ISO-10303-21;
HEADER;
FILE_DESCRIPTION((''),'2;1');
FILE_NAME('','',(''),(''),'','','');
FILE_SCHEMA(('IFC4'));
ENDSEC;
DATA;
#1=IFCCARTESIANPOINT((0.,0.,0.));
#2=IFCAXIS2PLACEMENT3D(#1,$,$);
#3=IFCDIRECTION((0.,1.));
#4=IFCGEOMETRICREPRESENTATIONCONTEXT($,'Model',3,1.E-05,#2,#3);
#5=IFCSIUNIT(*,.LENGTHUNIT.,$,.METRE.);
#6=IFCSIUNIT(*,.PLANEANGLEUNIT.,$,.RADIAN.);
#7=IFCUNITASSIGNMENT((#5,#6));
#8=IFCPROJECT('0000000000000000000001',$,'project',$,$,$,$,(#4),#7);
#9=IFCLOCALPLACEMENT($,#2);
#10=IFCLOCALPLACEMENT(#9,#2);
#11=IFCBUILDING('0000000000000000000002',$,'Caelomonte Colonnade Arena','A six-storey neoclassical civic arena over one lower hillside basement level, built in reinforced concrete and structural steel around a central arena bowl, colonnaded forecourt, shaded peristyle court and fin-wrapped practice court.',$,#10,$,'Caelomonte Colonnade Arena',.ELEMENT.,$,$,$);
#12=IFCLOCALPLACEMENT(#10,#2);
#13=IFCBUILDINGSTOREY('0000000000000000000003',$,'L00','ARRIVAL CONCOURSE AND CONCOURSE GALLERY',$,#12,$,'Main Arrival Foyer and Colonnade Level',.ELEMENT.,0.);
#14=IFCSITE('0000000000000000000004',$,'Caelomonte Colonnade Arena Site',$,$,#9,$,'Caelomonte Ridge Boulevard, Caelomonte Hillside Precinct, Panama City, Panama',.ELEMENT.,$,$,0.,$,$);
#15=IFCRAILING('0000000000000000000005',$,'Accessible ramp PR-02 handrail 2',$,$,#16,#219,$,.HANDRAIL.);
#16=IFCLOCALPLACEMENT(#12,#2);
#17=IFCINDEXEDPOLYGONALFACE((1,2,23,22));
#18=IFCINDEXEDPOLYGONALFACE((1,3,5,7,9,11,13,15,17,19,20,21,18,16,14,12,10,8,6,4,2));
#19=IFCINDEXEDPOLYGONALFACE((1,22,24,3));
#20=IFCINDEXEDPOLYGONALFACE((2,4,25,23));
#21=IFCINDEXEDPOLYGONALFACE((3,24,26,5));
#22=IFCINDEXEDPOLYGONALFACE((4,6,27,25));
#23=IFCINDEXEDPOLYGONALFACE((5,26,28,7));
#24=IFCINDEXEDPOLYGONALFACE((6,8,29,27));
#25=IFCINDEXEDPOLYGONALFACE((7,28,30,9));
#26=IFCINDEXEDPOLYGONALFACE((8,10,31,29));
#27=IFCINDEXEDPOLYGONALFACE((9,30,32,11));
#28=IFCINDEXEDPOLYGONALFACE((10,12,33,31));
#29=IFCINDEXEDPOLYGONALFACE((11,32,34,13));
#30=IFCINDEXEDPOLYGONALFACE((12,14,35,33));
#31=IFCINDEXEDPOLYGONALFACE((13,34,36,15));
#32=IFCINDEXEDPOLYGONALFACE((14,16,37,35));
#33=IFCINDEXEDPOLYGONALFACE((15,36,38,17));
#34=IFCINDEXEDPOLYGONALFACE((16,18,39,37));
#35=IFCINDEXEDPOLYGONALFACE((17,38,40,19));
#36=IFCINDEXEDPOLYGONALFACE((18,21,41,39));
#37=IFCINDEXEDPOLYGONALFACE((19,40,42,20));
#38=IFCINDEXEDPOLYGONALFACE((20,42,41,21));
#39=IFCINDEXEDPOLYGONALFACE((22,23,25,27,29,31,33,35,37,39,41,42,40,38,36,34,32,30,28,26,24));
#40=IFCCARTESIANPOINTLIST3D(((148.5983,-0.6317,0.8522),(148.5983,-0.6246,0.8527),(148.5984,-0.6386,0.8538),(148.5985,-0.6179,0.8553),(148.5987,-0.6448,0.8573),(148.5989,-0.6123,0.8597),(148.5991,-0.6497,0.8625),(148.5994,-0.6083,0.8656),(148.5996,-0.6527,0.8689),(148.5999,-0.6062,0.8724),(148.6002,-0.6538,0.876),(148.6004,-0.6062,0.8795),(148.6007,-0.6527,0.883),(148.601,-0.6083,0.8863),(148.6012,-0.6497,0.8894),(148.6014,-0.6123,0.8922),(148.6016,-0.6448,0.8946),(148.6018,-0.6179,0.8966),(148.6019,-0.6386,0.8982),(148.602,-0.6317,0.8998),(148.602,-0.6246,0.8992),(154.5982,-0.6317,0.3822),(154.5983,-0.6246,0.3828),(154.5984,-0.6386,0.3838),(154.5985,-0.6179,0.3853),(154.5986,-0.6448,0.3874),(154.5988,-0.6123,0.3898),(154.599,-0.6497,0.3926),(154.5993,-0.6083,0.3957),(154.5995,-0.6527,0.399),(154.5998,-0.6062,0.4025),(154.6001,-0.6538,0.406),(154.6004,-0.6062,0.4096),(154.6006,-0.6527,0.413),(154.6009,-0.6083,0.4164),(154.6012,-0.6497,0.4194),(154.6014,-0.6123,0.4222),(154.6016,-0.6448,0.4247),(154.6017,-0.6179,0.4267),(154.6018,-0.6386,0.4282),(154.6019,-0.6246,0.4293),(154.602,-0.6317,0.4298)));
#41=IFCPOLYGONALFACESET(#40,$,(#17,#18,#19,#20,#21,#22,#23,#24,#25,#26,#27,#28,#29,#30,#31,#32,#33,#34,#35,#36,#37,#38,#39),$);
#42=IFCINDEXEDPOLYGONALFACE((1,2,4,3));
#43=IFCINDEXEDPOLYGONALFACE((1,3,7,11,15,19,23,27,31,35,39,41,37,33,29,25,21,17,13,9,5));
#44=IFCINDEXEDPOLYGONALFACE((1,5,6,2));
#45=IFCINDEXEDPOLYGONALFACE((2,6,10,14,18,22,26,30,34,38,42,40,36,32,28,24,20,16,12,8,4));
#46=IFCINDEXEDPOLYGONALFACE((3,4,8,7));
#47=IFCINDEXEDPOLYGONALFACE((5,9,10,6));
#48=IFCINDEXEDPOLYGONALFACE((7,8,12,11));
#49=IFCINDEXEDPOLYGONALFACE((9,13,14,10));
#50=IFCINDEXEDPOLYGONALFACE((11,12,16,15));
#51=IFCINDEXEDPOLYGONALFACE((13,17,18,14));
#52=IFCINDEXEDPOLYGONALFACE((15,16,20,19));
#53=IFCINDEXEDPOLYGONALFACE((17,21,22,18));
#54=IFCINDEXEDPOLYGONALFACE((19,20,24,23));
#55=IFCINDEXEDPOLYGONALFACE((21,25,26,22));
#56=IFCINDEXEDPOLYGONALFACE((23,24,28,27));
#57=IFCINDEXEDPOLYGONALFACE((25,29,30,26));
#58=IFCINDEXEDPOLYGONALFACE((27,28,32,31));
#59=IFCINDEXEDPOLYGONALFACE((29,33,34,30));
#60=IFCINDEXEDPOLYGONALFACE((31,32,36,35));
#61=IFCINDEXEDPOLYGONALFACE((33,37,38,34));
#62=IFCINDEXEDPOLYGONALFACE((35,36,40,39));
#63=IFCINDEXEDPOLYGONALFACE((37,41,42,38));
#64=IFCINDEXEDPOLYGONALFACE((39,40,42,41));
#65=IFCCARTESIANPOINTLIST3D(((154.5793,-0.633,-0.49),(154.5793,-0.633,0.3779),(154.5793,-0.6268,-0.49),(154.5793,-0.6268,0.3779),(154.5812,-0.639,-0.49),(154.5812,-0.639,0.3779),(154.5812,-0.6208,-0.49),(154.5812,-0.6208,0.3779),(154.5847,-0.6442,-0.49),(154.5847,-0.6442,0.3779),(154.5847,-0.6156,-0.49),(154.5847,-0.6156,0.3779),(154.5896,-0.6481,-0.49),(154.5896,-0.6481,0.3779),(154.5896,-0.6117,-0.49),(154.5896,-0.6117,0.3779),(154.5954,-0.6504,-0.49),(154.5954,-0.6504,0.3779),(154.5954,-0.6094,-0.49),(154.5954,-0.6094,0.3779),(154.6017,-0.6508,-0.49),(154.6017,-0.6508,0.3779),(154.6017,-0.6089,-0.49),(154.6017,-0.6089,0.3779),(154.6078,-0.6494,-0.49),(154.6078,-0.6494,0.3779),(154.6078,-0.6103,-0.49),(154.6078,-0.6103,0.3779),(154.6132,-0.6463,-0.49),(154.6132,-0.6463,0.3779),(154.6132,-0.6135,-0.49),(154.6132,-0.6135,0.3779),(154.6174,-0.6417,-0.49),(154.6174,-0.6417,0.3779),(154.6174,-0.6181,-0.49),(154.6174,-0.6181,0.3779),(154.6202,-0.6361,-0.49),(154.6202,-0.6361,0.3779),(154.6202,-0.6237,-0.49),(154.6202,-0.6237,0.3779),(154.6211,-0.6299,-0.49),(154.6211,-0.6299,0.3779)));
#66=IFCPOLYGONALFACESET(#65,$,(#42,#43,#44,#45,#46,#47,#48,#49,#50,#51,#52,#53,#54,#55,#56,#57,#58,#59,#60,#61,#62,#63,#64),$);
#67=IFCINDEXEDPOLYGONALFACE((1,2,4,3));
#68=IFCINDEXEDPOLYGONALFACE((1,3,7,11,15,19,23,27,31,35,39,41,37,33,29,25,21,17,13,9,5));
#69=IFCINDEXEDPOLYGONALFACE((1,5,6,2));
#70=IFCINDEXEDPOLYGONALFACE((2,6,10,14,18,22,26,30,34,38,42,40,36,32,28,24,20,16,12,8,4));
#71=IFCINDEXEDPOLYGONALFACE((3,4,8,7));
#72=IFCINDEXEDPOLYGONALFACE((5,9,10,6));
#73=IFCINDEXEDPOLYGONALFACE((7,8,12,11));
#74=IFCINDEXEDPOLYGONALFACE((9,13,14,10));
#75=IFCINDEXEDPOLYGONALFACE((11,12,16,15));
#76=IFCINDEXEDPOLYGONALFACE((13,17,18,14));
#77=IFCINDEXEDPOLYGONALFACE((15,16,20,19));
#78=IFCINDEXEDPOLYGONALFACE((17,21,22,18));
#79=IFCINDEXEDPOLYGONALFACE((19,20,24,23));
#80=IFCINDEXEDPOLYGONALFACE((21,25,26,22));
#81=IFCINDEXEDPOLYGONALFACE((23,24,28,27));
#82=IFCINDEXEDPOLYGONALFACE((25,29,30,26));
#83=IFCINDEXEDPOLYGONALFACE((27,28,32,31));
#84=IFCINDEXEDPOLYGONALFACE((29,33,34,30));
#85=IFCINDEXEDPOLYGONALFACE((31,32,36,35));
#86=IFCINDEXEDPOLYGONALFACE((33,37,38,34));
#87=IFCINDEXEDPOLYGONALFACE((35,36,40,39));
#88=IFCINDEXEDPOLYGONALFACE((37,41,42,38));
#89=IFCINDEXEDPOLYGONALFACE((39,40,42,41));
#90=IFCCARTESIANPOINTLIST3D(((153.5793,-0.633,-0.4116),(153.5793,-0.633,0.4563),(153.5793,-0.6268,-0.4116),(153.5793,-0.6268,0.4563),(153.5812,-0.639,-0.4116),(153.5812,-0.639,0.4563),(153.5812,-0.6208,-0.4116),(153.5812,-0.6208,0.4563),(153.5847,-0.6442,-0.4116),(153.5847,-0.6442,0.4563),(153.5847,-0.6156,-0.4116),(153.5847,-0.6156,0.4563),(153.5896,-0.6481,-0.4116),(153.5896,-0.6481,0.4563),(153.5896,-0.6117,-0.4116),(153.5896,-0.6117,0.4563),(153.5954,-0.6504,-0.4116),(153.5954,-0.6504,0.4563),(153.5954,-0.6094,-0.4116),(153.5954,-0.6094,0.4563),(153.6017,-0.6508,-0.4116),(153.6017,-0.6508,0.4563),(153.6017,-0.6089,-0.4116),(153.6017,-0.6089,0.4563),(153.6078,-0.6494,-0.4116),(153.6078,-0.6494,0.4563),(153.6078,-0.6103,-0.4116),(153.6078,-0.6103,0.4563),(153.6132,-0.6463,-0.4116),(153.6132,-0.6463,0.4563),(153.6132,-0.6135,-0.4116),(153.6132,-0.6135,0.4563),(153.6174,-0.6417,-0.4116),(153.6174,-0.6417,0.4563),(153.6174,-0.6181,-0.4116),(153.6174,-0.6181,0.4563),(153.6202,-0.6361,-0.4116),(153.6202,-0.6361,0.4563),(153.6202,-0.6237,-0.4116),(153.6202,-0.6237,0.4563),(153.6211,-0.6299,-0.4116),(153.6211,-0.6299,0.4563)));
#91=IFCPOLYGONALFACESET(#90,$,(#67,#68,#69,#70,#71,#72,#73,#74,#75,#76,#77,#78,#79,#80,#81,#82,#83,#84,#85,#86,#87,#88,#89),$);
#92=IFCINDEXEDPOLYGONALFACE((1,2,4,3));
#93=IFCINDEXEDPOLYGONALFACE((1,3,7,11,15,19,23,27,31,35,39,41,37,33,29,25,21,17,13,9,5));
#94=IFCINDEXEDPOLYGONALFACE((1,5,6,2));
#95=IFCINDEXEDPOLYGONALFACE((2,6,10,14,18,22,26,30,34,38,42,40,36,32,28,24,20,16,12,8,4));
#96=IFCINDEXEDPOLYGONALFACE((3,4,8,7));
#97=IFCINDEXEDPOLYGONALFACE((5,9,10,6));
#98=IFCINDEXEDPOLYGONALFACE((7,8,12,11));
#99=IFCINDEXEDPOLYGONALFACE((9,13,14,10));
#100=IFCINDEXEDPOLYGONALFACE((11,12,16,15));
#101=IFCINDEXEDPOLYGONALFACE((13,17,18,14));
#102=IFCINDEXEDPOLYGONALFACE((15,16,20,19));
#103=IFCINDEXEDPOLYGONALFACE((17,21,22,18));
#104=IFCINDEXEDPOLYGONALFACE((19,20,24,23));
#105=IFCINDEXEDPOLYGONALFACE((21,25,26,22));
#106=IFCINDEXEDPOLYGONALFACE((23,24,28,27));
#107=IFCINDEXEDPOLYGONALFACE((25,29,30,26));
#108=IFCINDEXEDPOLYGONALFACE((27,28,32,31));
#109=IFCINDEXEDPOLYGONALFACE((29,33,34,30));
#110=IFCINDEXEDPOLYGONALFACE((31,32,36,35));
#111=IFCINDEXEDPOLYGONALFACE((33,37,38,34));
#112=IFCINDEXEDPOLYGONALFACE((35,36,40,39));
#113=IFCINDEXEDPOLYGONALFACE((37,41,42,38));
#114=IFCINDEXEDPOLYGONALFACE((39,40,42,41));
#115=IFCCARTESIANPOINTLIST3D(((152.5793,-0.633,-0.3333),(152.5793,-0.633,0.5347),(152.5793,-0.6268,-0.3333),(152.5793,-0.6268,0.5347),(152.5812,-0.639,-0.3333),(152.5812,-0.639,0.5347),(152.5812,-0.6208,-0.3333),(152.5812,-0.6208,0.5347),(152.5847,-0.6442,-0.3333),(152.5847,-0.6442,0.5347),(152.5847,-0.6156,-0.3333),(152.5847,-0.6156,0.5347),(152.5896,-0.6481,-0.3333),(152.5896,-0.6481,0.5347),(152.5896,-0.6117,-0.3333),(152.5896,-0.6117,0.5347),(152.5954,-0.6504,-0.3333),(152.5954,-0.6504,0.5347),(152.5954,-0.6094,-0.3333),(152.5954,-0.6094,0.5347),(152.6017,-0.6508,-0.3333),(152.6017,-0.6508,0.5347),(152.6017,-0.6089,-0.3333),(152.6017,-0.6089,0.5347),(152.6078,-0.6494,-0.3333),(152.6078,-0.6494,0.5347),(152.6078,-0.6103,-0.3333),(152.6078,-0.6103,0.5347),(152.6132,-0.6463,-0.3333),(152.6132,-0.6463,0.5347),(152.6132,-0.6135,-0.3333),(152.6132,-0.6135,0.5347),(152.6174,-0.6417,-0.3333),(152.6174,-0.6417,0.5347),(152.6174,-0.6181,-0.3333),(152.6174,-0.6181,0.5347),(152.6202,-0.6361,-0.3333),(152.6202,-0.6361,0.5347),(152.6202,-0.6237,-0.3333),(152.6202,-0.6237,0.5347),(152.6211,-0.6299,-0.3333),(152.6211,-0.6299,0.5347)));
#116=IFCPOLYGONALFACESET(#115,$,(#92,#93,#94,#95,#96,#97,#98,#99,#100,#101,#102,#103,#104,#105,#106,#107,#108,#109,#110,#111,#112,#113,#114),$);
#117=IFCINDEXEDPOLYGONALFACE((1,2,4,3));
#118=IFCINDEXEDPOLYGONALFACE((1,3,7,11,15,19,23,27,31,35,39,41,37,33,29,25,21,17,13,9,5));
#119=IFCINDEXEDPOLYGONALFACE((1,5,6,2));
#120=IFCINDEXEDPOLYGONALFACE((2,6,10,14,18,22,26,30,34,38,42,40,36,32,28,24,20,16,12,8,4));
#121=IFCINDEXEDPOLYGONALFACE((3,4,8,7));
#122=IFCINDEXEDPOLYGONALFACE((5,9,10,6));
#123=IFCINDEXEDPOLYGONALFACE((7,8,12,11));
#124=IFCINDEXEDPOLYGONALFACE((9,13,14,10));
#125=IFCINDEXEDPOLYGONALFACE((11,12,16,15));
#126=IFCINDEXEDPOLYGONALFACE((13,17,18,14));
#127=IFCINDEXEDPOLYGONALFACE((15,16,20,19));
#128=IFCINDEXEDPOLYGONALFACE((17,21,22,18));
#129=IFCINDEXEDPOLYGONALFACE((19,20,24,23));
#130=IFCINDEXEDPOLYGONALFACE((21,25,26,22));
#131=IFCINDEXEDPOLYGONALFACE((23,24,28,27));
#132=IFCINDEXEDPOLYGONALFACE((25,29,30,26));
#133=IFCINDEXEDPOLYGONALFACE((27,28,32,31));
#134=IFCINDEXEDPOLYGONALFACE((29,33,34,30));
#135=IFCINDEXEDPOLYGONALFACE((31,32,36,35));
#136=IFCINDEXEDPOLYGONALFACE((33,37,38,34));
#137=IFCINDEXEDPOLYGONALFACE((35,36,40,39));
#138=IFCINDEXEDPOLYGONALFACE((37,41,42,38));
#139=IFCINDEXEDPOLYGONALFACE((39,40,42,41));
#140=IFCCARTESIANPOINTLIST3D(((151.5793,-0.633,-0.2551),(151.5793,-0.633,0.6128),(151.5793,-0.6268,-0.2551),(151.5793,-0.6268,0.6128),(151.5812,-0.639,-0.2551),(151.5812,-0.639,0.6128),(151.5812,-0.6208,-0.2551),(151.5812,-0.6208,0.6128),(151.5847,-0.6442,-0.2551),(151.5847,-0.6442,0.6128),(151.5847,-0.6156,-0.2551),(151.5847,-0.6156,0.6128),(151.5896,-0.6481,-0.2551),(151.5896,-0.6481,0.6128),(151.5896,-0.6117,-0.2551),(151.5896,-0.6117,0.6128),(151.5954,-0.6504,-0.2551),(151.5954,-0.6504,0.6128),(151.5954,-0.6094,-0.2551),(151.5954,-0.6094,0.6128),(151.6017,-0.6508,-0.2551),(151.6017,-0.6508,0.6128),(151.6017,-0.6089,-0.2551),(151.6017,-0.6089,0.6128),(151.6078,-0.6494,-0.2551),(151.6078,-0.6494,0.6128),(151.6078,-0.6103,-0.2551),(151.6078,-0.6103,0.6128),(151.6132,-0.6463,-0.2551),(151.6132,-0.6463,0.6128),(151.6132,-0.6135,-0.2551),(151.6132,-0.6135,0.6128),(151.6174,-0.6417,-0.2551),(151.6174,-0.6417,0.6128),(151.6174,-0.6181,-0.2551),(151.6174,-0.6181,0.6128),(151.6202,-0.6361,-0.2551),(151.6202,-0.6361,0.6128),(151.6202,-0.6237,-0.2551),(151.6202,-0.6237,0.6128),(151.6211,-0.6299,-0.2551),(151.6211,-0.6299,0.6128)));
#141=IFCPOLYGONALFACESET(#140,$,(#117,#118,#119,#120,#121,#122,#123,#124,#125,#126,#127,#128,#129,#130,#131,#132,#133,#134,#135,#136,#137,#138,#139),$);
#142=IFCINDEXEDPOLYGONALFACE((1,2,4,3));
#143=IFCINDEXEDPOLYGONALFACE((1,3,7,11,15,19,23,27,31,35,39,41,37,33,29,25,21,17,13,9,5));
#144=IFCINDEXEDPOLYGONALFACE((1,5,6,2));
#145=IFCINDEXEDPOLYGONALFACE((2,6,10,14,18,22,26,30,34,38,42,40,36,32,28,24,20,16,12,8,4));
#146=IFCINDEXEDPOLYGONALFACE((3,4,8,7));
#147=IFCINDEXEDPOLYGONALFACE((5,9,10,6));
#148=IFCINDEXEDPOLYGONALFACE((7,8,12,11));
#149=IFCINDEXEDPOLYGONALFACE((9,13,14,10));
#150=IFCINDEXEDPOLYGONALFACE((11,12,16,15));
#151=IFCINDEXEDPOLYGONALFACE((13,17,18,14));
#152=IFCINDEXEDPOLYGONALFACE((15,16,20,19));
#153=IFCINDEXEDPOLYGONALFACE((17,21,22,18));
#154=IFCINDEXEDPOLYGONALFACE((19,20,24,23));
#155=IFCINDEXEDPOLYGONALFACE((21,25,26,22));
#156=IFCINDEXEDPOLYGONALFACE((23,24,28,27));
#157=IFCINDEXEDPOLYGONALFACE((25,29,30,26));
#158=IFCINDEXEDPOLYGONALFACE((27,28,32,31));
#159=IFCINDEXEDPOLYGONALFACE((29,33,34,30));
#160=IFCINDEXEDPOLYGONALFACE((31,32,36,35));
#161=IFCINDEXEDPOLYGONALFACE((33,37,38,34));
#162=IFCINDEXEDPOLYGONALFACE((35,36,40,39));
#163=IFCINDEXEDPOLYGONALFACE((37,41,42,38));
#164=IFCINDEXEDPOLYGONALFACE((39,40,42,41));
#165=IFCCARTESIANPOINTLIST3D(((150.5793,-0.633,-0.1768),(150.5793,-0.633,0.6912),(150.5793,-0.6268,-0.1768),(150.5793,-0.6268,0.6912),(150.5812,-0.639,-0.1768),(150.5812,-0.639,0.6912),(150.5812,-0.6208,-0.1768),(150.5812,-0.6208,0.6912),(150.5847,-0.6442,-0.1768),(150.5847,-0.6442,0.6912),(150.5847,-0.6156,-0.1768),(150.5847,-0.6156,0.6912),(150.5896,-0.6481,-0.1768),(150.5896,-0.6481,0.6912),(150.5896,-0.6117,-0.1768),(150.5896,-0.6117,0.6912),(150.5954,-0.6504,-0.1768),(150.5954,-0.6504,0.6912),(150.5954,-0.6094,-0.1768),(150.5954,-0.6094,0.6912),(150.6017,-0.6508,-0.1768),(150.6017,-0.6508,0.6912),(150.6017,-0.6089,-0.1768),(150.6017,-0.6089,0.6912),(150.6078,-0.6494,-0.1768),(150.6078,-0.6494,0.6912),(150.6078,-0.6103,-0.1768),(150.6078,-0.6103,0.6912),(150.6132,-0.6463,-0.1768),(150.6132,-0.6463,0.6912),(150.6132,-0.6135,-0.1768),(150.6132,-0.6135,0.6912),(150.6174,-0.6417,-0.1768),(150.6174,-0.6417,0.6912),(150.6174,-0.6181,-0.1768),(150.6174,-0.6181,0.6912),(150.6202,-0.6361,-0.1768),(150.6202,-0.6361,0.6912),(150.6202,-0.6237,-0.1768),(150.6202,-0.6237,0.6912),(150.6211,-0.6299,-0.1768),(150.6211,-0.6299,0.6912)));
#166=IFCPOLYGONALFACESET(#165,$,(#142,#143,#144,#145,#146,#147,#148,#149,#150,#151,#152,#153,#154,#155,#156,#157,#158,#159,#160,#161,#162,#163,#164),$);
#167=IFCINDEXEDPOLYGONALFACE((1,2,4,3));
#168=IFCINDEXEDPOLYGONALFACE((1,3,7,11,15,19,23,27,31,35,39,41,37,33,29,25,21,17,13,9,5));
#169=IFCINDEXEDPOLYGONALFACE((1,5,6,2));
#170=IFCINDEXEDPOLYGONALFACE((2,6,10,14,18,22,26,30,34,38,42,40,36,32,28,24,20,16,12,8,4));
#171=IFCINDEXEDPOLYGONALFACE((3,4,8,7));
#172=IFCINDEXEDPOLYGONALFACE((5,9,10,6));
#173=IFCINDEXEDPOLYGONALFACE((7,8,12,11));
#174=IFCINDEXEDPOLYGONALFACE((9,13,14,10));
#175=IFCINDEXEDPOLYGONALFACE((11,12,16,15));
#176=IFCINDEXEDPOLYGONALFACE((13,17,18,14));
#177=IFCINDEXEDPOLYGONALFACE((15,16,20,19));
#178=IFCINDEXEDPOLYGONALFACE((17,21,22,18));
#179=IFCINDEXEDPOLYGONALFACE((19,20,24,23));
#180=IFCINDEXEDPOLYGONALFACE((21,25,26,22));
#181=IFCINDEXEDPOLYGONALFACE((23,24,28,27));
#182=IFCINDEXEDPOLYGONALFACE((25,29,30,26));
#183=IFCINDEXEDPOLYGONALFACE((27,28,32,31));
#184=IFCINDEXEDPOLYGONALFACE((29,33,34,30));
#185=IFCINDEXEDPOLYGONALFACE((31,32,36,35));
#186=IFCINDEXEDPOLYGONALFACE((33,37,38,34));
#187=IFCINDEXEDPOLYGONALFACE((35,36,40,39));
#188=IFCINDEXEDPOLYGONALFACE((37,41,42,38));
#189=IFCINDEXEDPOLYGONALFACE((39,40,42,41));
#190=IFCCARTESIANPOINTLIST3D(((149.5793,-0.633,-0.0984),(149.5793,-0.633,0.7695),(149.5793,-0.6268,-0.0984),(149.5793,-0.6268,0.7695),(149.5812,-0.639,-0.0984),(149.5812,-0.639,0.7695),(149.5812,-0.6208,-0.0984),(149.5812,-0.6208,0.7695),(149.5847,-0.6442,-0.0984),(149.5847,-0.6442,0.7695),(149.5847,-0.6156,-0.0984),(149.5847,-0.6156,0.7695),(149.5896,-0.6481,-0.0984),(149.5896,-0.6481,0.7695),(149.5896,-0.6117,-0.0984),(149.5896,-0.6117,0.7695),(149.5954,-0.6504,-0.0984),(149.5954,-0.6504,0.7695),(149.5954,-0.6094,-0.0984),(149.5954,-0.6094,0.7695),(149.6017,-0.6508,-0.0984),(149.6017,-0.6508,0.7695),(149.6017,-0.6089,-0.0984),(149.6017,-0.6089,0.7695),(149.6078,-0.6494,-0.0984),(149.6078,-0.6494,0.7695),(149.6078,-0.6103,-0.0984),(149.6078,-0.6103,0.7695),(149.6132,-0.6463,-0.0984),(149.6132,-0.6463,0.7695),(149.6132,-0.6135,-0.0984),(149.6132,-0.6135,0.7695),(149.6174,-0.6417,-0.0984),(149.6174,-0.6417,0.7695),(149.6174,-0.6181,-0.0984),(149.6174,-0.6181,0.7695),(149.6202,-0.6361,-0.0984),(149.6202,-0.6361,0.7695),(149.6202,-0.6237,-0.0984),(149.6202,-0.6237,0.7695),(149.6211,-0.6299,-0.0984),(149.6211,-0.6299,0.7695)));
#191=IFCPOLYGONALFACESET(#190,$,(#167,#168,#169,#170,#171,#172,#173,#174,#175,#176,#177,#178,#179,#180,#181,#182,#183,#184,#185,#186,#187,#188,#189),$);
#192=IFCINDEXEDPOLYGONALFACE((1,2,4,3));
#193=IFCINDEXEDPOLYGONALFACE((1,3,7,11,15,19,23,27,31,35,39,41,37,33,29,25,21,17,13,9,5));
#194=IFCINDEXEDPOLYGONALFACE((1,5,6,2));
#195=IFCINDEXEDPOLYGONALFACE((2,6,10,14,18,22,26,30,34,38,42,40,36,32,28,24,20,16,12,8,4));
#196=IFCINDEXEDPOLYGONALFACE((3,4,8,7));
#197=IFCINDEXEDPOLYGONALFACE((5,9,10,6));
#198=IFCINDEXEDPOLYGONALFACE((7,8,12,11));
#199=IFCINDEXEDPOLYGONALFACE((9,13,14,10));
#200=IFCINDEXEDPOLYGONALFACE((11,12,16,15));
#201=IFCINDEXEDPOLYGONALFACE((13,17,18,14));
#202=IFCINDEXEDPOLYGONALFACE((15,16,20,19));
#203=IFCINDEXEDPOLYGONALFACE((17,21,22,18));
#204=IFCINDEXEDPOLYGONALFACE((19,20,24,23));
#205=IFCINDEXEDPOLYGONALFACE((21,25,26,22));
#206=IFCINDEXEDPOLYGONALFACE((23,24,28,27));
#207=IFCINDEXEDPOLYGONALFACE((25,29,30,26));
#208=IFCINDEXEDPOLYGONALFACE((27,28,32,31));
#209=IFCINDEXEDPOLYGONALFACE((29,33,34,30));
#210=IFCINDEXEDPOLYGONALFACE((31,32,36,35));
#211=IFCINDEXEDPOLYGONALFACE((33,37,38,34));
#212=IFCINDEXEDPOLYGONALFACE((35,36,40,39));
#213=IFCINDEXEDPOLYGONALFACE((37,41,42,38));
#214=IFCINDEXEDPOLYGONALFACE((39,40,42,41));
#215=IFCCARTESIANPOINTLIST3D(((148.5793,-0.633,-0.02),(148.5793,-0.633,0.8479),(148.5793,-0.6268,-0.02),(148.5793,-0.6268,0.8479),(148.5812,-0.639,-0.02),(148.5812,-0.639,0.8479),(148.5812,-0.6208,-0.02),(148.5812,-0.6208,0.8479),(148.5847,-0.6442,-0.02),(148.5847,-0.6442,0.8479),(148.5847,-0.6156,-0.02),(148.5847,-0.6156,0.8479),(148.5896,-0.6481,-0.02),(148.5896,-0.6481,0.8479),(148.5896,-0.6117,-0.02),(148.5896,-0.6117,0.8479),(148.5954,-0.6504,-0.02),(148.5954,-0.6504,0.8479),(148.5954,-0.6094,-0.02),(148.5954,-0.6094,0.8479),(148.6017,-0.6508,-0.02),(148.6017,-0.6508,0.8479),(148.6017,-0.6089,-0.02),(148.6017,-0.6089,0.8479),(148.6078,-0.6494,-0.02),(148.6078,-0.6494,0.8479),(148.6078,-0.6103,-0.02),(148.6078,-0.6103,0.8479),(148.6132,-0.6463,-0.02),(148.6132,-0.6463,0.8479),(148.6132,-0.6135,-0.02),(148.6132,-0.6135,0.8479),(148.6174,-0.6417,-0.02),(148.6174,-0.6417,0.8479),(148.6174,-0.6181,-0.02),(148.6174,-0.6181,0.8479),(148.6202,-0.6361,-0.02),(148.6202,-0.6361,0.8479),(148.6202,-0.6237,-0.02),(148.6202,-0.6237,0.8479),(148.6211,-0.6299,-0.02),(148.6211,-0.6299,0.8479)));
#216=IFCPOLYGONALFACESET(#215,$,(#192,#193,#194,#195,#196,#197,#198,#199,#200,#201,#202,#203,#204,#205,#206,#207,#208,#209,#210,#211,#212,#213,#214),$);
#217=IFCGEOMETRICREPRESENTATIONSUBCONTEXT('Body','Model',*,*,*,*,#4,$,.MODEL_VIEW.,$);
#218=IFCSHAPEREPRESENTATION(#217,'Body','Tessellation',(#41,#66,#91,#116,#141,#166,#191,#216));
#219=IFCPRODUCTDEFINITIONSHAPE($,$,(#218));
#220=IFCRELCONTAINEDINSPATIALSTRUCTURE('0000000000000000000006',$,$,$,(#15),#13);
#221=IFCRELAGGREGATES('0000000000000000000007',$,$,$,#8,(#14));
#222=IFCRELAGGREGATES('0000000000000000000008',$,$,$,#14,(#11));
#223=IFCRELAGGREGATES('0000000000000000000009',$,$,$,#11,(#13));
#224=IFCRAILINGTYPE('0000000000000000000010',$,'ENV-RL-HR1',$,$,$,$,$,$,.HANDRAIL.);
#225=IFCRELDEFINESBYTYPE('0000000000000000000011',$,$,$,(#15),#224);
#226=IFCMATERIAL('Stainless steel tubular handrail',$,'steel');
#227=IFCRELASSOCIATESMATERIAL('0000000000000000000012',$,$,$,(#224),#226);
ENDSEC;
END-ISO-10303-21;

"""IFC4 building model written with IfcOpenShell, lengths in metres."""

from ifc_helpers import new_model, si_unit, direction, frame, origin, origin_2d, place, context, subcontext, project, spatial, circle, extrude, material, type_object, element, save


model = new_model("IFC4")

# Units and contexts
model_context = context("Model", 3, precision=1e-05, world=origin(), true_north=direction((0.0, 1.0)))
body_context = subcontext(model_context, "Body", "Model", "MODEL_VIEW")
ifc_project = project(units=[si_unit("LENGTHUNIT", "METRE"), si_unit("PLANEANGLEUNIT", "RADIAN")], contexts=[model_context])

# Site, building, storey
site_placement = place(None, origin())
site = spatial("IfcSite", under=ifc_project, at=site_placement, Name="Caelomonte Colonnade Arena Site", LongName="Caelomonte Ridge Boulevard, Caelomonte Hillside Precinct, Panama City, Panama", CompositionType="ELEMENT", RefElevation=0.0)
building_placement = place(site_placement, origin())
building = spatial("IfcBuilding", under=site, at=building_placement, Name="Caelomonte Colonnade Arena", Description="A six-storey neoclassical civic arena over one lower hillside basement level, built in reinforced concrete and structural steel around a central arena bowl, colonnaded forecourt, shaded peristyle court and fin-wrapped practice court.", LongName="Caelomonte Colonnade Arena", CompositionType="ELEMENT")
storey_placement = place(building_placement, origin())
storey = spatial("IfcBuildingStorey", under=building, at=storey_placement, Name="L00", Description="ARRIVAL CONCOURSE AND CONCOURSE GALLERY", LongName="Main Arrival Foyer and Colonnade Level", CompositionType="ELEMENT", Elevation=0.0)

# Railing
ifc_material_1 = material(Name="Stainless steel tubular handrail", Category="steel")
railing_type = type_object("IfcRailingType", Name="ENV-RL-HR1", PredefinedType="HANDRAIL", material=ifc_material_1)
for number, where, name in (
    (1, (154.6001, -0.6299, -0.49), "Accessible ramp PR-02 handrail 2"),
):
    element("IfcRailing", number, at=place(storey_placement, frame(where)), inside=storey, type_object=railing_type, Name=name, PredefinedType="HANDRAIL", context=body_context, shape_type="SweptSolid", body=[
        extrude(circle(Radius=0.0239, at=origin_2d()), frame((0.0, 0.0, 0.896), z_axis=(-0.996946, 0.0, 0.078089), x_axis=(0.0, -1.0, 0.0)), (0.0, 0.0, 1.0), 6.0183),
        extrude(circle(Radius=0.021, at=origin_2d()), origin(), (0.0, 0.0, 1.0), 0.8679),
        extrude(circle(Radius=0.021, at=origin_2d()), frame((-1.0, 0.0, 0.0784)), (0.0, 0.0, 1.0), 0.8679),
        extrude(circle(Radius=0.021, at=origin_2d()), frame((-2.0, 0.0, 0.1567)), (0.0, 0.0, 1.0), 0.8679),
        extrude(circle(Radius=0.021, at=origin_2d()), frame((-3.0, 0.0, 0.2349)), (0.0, 0.0, 1.0), 0.8679),
        extrude(circle(Radius=0.021, at=origin_2d()), frame((-4.0, 0.0, 0.3132)), (0.0, 0.0, 1.0), 0.8679),
        extrude(circle(Radius=0.021, at=origin_2d()), frame((-5.0, 0.0, 0.3916)), (0.0, 0.0, 1.0), 0.8679),
        extrude(circle(Radius=0.021, at=origin_2d()), frame((-6.0, 0.0, 0.47)), (0.0, 0.0, 1.0), 0.8679),
    ])

save(model, "model.ifc")
